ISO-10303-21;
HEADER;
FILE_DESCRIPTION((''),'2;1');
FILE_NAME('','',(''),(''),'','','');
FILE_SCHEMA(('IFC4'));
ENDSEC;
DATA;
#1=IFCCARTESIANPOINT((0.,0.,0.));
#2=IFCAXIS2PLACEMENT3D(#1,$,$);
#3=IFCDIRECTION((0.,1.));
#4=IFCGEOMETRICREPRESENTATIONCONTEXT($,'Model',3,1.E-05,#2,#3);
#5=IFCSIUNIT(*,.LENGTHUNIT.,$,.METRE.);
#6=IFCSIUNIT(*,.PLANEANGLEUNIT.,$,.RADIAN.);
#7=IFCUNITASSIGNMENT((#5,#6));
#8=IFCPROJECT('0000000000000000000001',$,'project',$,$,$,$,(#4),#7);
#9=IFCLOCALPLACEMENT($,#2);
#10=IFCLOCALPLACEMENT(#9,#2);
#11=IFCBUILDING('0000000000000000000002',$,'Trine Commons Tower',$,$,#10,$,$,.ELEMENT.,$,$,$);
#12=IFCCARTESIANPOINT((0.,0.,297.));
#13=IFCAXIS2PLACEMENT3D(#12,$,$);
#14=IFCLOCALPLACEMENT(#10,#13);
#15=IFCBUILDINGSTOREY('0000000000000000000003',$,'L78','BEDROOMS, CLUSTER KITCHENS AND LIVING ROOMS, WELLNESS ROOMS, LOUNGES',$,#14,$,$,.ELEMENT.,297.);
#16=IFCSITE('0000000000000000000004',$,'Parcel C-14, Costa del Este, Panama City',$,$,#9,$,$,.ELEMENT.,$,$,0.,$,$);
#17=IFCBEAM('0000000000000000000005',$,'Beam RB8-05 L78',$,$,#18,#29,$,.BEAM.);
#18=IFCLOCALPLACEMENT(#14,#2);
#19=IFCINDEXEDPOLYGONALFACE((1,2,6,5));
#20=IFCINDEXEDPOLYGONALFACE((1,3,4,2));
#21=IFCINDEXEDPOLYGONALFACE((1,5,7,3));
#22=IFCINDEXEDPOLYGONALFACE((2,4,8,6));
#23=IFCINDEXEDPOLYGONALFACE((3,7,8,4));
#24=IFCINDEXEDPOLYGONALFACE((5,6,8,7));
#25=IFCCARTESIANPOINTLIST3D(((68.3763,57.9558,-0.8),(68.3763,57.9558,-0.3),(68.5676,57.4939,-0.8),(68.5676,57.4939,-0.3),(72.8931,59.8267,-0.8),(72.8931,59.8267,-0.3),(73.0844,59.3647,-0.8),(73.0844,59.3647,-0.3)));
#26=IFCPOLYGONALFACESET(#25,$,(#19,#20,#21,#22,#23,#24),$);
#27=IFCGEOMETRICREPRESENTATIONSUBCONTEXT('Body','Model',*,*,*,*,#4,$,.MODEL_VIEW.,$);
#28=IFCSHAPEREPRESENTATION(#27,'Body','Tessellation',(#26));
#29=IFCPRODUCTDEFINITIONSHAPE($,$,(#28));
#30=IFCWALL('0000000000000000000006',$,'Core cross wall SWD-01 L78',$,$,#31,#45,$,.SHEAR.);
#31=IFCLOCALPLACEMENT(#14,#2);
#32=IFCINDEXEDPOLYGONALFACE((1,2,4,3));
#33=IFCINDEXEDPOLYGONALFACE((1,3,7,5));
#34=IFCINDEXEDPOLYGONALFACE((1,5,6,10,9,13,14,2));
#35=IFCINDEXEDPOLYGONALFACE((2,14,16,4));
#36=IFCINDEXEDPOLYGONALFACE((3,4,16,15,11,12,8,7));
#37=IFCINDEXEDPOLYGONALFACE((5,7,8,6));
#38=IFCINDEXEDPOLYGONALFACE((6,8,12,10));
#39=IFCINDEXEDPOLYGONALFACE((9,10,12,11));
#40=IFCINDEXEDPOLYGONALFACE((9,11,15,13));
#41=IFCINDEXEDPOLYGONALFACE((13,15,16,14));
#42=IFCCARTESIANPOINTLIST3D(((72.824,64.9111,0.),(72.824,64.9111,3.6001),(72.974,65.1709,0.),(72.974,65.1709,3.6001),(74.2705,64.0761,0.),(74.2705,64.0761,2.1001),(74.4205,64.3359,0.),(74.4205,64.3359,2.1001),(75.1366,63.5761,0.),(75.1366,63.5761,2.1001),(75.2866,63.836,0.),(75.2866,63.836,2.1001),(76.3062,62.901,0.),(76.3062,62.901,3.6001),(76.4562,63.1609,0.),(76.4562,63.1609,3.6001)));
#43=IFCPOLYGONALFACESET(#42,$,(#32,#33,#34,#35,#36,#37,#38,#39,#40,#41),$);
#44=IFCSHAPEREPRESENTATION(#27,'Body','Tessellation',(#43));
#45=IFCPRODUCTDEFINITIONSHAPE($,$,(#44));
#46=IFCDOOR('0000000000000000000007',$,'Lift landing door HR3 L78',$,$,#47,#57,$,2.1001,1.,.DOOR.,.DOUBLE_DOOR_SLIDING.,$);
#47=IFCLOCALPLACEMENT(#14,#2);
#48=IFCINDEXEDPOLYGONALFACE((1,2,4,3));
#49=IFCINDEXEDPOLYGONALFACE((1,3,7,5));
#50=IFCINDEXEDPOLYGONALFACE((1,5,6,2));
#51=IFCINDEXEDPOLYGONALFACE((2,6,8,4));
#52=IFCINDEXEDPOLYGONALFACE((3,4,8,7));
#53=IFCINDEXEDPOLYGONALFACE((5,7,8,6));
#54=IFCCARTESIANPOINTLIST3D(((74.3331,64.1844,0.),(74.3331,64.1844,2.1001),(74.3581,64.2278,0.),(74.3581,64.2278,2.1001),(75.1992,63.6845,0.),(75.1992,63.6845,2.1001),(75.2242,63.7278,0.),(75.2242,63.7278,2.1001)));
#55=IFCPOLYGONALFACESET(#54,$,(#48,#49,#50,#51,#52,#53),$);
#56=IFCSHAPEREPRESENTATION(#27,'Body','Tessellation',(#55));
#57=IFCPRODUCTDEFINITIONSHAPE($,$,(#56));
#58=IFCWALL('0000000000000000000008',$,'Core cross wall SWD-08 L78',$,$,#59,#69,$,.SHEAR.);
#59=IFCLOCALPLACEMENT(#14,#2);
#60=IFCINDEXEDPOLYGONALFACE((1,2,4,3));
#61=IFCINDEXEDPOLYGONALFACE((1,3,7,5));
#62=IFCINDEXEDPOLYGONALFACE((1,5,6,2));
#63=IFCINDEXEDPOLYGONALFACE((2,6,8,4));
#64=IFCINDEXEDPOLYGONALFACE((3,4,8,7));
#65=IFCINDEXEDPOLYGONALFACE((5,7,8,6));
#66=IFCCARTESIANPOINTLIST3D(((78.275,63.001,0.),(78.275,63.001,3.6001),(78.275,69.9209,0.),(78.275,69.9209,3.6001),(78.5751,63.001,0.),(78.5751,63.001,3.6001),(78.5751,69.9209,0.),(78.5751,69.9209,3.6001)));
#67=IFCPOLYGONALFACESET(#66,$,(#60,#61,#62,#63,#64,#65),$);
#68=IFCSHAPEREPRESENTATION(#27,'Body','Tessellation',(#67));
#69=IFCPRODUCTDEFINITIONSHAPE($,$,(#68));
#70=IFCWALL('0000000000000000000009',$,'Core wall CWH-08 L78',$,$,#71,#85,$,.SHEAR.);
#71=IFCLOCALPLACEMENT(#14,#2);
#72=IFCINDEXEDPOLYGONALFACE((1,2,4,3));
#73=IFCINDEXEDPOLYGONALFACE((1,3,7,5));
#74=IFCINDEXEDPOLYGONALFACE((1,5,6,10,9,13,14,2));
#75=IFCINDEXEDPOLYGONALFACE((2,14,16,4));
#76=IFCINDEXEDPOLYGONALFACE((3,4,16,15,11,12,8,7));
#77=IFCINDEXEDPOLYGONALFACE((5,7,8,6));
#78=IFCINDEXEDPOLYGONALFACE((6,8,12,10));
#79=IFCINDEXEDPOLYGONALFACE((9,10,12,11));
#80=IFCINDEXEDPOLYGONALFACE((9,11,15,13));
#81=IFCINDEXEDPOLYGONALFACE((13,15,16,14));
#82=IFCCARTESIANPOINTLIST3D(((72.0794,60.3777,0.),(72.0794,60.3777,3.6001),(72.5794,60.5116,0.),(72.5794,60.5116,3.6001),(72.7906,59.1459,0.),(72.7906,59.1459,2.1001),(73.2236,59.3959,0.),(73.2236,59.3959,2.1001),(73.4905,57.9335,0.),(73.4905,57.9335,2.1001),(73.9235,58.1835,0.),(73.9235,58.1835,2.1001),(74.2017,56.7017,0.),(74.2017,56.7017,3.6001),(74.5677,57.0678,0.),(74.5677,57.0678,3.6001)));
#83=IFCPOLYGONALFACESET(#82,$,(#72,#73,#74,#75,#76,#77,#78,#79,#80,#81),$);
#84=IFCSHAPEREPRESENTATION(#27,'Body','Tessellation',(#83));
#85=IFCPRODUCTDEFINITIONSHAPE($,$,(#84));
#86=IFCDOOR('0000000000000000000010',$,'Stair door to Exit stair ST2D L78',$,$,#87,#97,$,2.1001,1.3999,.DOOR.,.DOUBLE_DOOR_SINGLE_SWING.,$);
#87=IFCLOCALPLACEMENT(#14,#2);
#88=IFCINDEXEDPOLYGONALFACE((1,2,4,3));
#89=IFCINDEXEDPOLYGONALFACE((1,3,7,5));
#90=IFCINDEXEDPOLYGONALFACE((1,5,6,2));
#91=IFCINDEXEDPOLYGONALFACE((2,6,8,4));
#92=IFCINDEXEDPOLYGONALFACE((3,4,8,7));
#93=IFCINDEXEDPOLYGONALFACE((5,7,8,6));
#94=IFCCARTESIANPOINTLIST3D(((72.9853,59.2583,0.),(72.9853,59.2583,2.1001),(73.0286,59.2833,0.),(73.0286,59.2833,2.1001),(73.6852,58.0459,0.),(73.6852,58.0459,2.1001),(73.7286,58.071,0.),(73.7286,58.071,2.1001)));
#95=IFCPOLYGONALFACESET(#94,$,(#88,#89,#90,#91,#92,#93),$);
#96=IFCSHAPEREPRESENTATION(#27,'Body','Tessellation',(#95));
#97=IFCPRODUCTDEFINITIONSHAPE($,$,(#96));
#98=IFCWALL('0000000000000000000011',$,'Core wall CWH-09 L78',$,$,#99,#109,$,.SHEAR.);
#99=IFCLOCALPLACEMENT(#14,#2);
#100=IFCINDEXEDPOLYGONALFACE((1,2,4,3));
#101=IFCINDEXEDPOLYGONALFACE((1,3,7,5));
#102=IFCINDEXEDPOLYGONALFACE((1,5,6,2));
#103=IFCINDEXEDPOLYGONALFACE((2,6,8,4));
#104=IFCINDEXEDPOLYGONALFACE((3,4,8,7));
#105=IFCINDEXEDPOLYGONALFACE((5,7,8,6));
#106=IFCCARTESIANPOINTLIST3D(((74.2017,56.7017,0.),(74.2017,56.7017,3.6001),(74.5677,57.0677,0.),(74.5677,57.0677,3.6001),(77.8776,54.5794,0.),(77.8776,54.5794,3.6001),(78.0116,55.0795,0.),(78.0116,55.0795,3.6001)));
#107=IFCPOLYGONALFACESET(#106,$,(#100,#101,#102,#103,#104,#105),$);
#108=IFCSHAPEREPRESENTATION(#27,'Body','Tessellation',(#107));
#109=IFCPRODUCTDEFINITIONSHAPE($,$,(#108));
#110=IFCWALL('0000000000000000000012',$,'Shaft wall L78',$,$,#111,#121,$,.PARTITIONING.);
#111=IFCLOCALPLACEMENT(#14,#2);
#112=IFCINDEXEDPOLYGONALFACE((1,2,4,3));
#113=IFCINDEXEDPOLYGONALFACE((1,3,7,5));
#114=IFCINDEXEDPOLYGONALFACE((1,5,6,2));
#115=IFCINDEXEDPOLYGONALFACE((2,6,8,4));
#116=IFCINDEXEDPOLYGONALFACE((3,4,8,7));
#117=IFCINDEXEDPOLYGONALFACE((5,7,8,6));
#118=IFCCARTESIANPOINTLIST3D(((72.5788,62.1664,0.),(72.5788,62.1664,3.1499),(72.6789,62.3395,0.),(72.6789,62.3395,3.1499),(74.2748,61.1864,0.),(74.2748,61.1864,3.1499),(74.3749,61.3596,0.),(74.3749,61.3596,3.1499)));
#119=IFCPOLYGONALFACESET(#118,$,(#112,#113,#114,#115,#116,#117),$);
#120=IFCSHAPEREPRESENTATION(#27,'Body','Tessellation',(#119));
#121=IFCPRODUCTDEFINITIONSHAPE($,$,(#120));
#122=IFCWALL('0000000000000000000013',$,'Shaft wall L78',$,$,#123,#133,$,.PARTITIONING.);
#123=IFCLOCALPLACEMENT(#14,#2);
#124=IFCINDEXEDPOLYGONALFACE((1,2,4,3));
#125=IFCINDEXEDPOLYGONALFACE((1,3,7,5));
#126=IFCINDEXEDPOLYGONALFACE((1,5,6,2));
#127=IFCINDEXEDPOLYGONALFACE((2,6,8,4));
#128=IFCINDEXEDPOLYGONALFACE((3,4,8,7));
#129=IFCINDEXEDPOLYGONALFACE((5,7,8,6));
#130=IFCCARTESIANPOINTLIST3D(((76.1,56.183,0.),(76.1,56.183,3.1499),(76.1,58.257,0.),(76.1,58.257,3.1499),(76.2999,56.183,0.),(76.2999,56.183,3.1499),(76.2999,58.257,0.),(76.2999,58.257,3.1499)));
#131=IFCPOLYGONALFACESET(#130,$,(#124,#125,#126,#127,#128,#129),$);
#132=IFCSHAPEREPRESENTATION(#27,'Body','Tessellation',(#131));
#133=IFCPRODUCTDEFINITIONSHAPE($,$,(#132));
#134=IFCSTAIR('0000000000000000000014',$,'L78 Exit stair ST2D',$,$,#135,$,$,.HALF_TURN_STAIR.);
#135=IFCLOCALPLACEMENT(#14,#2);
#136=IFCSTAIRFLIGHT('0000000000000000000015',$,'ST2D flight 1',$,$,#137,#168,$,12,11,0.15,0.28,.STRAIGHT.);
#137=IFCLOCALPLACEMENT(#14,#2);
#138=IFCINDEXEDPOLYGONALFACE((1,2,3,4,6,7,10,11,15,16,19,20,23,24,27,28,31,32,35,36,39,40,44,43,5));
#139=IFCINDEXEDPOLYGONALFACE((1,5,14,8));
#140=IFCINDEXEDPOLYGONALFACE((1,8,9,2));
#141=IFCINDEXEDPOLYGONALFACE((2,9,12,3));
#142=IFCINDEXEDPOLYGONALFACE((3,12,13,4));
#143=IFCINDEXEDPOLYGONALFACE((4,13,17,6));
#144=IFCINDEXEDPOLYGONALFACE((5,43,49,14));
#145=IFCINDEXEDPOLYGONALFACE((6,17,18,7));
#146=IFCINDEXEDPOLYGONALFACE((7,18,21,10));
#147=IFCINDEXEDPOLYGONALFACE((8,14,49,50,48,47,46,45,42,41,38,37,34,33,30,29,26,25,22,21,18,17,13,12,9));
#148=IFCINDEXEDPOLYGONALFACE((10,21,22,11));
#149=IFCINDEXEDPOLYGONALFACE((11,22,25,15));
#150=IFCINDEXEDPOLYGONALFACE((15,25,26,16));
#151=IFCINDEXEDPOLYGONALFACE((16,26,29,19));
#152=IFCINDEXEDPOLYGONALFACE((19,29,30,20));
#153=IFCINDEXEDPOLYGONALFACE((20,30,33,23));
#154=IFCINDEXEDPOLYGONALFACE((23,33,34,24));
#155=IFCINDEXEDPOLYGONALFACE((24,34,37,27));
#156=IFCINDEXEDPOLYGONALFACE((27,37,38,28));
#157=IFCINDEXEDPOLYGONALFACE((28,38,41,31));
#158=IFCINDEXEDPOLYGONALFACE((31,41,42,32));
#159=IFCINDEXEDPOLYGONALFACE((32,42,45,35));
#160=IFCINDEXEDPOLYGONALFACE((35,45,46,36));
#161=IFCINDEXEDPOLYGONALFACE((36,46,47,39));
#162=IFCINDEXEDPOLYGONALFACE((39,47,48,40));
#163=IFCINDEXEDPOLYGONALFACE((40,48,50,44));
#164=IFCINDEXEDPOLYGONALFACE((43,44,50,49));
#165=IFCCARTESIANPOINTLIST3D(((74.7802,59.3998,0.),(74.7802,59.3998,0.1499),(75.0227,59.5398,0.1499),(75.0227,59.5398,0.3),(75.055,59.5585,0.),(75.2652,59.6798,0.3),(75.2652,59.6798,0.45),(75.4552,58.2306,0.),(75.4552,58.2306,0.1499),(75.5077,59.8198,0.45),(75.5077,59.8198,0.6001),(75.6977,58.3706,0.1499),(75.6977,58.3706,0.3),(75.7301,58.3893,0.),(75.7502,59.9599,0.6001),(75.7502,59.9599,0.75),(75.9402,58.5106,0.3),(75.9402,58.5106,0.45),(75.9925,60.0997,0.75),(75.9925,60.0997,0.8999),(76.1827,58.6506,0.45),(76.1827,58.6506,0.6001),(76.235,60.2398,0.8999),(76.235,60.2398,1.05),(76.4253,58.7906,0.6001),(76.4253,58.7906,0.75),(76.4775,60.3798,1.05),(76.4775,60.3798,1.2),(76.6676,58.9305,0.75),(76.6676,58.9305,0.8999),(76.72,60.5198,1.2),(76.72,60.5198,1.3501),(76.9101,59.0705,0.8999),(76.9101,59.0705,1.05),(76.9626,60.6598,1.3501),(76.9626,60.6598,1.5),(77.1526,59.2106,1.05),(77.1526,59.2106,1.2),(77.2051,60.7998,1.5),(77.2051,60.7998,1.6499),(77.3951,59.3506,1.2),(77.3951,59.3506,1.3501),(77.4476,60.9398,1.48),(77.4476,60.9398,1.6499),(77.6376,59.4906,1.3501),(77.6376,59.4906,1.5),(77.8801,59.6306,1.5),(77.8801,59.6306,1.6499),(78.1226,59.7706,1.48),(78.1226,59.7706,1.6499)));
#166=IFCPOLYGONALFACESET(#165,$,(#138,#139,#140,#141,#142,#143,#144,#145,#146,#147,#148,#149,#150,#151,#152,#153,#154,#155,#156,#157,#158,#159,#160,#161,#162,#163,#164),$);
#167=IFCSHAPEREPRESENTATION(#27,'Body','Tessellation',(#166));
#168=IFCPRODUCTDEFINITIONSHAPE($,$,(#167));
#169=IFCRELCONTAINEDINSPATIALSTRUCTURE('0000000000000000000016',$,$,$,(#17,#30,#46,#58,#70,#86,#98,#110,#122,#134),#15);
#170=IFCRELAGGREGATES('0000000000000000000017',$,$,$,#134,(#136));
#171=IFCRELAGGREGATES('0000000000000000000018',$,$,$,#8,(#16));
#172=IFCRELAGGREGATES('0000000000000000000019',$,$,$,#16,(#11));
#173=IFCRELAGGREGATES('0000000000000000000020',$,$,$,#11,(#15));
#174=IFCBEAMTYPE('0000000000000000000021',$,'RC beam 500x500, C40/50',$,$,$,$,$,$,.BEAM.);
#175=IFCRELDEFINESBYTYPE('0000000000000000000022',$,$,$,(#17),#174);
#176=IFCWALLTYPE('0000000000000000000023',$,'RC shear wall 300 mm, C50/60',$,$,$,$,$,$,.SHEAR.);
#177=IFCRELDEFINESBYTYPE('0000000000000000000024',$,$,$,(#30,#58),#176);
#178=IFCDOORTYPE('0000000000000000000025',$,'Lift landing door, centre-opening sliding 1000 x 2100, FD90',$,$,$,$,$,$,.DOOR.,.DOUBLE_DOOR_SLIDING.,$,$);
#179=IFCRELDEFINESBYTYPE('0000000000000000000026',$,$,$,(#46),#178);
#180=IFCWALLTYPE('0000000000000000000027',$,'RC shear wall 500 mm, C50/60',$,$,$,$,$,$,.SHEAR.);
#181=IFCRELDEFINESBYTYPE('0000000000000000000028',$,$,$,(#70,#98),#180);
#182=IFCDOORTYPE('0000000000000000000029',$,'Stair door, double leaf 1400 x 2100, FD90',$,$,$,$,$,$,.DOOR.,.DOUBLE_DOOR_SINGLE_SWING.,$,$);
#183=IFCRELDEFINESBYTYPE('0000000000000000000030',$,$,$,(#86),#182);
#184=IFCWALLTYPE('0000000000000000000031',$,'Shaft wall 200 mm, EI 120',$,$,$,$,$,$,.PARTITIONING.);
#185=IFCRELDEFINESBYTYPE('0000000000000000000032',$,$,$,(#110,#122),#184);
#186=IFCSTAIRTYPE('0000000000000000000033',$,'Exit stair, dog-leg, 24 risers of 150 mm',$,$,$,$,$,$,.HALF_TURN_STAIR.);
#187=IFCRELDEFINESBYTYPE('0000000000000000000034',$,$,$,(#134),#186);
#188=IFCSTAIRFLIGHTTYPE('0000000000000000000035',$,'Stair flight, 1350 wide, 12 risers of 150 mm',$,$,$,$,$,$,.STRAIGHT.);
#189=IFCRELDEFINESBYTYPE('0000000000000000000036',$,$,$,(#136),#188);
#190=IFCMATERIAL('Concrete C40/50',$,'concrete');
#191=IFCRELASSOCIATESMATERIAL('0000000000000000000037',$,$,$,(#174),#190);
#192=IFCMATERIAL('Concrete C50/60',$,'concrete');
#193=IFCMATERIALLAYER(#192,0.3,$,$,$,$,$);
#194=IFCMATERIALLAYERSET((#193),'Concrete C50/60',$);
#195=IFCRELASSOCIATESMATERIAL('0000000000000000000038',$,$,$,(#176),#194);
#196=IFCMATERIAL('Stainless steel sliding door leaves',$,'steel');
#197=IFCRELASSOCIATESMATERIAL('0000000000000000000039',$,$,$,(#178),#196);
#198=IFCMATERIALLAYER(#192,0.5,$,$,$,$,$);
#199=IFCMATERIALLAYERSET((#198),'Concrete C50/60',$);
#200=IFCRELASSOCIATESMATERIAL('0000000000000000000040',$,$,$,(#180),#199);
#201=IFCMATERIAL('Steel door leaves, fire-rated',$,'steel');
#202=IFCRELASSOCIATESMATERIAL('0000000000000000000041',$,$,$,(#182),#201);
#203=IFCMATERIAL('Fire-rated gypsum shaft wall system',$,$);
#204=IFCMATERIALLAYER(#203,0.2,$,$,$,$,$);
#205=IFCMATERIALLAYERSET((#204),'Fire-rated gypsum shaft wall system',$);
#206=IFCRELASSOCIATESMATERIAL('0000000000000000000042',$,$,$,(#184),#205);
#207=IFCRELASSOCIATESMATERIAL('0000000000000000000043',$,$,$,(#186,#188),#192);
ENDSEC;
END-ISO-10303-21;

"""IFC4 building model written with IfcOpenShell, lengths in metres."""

from ifc_helpers import new_model, si_unit, direction, frame, frame_2d, origin, origin_2d, place, context, subcontext, project, spatial, polyline, rectangle, outline, extrude, material, layer, layer_set, material_profile, profile_set, type_object, element, fill, aggregate, save


model = new_model("IFC4")

# Units and contexts
model_context = context("Model", 3, precision=1e-05, world=origin(), true_north=direction((0.0, 1.0)))
body_context = subcontext(model_context, "Body", "Model", "MODEL_VIEW")
ifc_project = project(units=[si_unit("LENGTHUNIT", "METRE"), si_unit("PLANEANGLEUNIT", "RADIAN")], contexts=[model_context])

# Site, building, storey
site_placement = place(None, origin())
site = spatial("IfcSite", under=ifc_project, at=site_placement, Name="Parcel C-14, Costa del Este, Panama City", CompositionType="ELEMENT", RefElevation=0.0)
building_placement = place(site_placement, origin())
building = spatial("IfcBuilding", under=site, at=building_placement, Name="Trine Commons Tower", CompositionType="ELEMENT")
storey_placement = place(building_placement, frame((0.0, 0.0, 297.0)))
storey = spatial("IfcBuildingStorey", under=building, at=storey_placement, Name="L78", Description="BEDROOMS, CLUSTER KITCHENS AND LIVING ROOMS, WELLNESS ROOMS, LOUNGES", CompositionType="ELEMENT", Elevation=297.0)

# Beam
ifc_material_1 = material(Name="Concrete C40/50", Category="concrete")
ifc_material_profile = material_profile(ifc_material_1, rectangle(XDim=0.5, YDim=0.5, at=origin_2d()), Name="RC 500x500")
ifc_profile_set = profile_set([ifc_material_profile], Name="Concrete C40/50")
beam_type = type_object("IfcBeamType", Name="RC beam 500x500, C40/50", PredefinedType="BEAM", material=ifc_profile_set)
beam_placement = place(storey_placement, frame((72.9888, 59.5957, -0.55), z_axis=(-0.923886, -0.382668, 0.0), x_axis=(0.382668, -0.923886, 0.0)))
element("IfcBeam", 1, at=beam_placement, inside=storey, type_object=beam_type, Name="Beam RB8-05 L78", PredefinedType="BEAM", context=body_context, shape_type="SweptSolid", body=[
    extrude(rectangle(XDim=0.5, YDim=0.5, at=origin_2d()), origin(), (0.0, 0.0, 1.0), 4.8889),
])

# Wall, opening, door
ifc_material_2 = material(Name="Concrete C50/60", Category="concrete")
ifc_layer_1 = layer(ifc_material_2, 0.3)
ifc_layer_set_1 = layer_set([ifc_layer_1], Name="Concrete C50/60")
wall_type_1 = type_object("IfcWallType", Name="RC shear wall 300 mm, C50/60", PredefinedType="SHEAR", material=ifc_layer_set_1)
wall_1_placement = place(storey_placement, frame((76.3811, 63.031, 0.0), z_axis=(0.0, 0.0, 1.0), x_axis=(-0.866071, 0.49992, 0.0)))
wall_1 = element("IfcWall", 2, at=wall_1_placement, inside=storey, type_object=wall_type_1, Name="Core cross wall SWD-01 L78", PredefinedType="SHEAR", context=body_context, shape_type="SweptSolid", body=[
    extrude(rectangle(XDim=4.0208, YDim=0.3, at=frame_2d((2.0103, 0.0))), origin(), (0.0, 0.0, 1.0), 3.6001),
])
opening_1_placement = place(wall_1_placement, frame((1.3503, 0.0, 0.0)))
opening_1 = element("IfcOpeningElement", 3, at=opening_1_placement, cuts=wall_1, PredefinedType="OPENING", context=body_context, shape_type="SweptSolid", body=[
    extrude(rectangle(XDim=1.0, YDim=2.1001, at=frame_2d((0.5, 1.05))), frame((0.0, 0.1599, 0.0), z_axis=(0.0, -1.0, 0.0), x_axis=(1.0, 0.0, 0.0)), (0.0, 0.0, 1.0), 0.3201),
])
ifc_material_3 = material(Name="Stainless steel sliding door leaves", Category="steel")
door_type_1 = type_object("IfcDoorType", Name="Lift landing door, centre-opening sliding 1000 x 2100, FD90", OperationType="DOUBLE_DOOR_SLIDING", PredefinedType="DOOR", material=ifc_material_3)
door_1_placement = place(opening_1_placement, origin())
door_1 = element("IfcDoor", 4, at=door_1_placement, inside=storey, type_object=door_type_1, Name="Lift landing door HR3 L78", OperationType="DOUBLE_DOOR_SLIDING", OverallHeight=2.1001, OverallWidth=1.0, PredefinedType="DOOR", context=body_context, shape_type="SweptSolid", body=[
    extrude(rectangle(XDim=1.0, YDim=2.1001, at=frame_2d((0.5, 1.05))), frame((0.0, 0.0249, 0.0), z_axis=(0.0, -1.0, 0.0), x_axis=(1.0, 0.0, 0.0)), (0.0, 0.0, 1.0), 0.05),
])
fill(opening_1, door_1)

# Wall
wall_2_placement = place(storey_placement, frame((78.425, 63.001, 0.0), z_axis=(0.0, 0.0, 1.0), x_axis=(0.0, 1.0, 0.0)))
element("IfcWall", 5, at=wall_2_placement, inside=storey, type_object=wall_type_1, Name="Core cross wall SWD-08 L78", PredefinedType="SHEAR", context=body_context, shape_type="SweptSolid", body=[
    extrude(rectangle(XDim=6.9199, YDim=0.3, at=frame_2d((3.46, 0.0))), origin(), (0.0, 0.0, 1.0), 3.6001),
])

# Wall, opening, door
ifc_layer_2 = layer(ifc_material_2, 0.5)
ifc_layer_set_2 = layer_set([ifc_layer_2], Name="Concrete C50/60")
wall_type_2 = type_object("IfcWallType", Name="RC shear wall 500 mm, C50/60", PredefinedType="SHEAR", material=ifc_layer_set_2)
wall_3_placement = place(storey_placement, frame((72.2959, 60.5027, 0.0), z_axis=(0.0, 0.0, 1.0), x_axis=(0.499993, -0.866029, 0.0)))
wall_3 = element("IfcWall", 6, at=wall_3_placement, inside=storey, type_object=wall_type_2, Name="Core wall CWH-08 L78", PredefinedType="SHEAR", context=body_context, shape_type="SweptSolid", body=[
    extrude(outline(polyline([(0.0, -0.25), (4.2446, -0.25), (4.1106, 0.25), (0.134, 0.25), (0.0, -0.25)])), origin(), (0.0, 0.0, 1.0), 3.6001),
])
opening_2_placement = place(wall_3_placement, frame((1.4224, 0.0, 0.0)))
opening_2 = element("IfcOpeningElement", 7, at=opening_2_placement, cuts=wall_3, PredefinedType="OPENING", context=body_context, shape_type="SweptSolid", body=[
    extrude(rectangle(XDim=1.3999, YDim=2.1001, at=frame_2d((0.7, 1.05))), frame((0.0, 0.26, 0.0), z_axis=(0.0, -1.0, 0.0), x_axis=(1.0, 0.0, 0.0)), (0.0, 0.0, 1.0), 0.52),
])
ifc_material_4 = material(Name="Steel door leaves, fire-rated", Category="steel")
door_type_2 = type_object("IfcDoorType", Name="Stair door, double leaf 1400 x 2100, FD90", OperationType="DOUBLE_DOOR_SINGLE_SWING", PredefinedType="DOOR", material=ifc_material_4)
door_2_placement = place(opening_2_placement, origin())
door_2 = element("IfcDoor", 8, at=door_2_placement, inside=storey, type_object=door_type_2, Name="Stair door to Exit stair ST2D L78", OperationType="DOUBLE_DOOR_SINGLE_SWING", OverallHeight=2.1001, OverallWidth=1.3999, PredefinedType="DOOR", context=body_context, shape_type="SweptSolid", body=[
    extrude(rectangle(XDim=1.3999, YDim=2.1001, at=frame_2d((0.7, 1.05))), frame((0.0, 0.0249, 0.0), z_axis=(0.0, -1.0, 0.0), x_axis=(1.0, 0.0, 0.0)), (0.0, 0.0, 1.0), 0.05),
])
fill(opening_2, door_2)

# Walls
wall_4_placement = place(storey_placement, frame((74.3267, 56.9182, 0.0), z_axis=(0.0, 0.0, 1.0), x_axis=(0.866029, -0.499993, 0.0)))
element("IfcWall", 9, at=wall_4_placement, inside=storey, type_object=wall_type_2, Name="Core wall CWH-09 L78", PredefinedType="SHEAR", context=body_context, shape_type="SweptSolid", body=[
    extrude(outline(polyline([(0.0, -0.25), (4.2446, -0.25), (4.1106, 0.25), (0.134, 0.25), (0.0, -0.25)])), origin(), (0.0, 0.0, 1.0), 3.6001),
])
ifc_material_5 = material(Name="Fire-rated gypsum shaft wall system")
ifc_layer_3 = layer(ifc_material_5, 0.2)
ifc_layer_set_3 = layer_set([ifc_layer_3], Name="Fire-rated gypsum shaft wall system")
wall_type_3 = type_object("IfcWallType", Name="Shaft wall 200 mm, EI 120", PredefinedType="PARTITIONING", material=ifc_layer_set_3)
wall_5_placement = place(storey_placement, frame((74.325, 61.2729, 0.0), z_axis=(0.0, 0.0, 1.0), x_axis=(-0.865855, 0.500294, 0.0)))
element("IfcWall", 10, at=wall_5_placement, inside=storey, type_object=wall_type_3, Name="Shaft wall L78", PredefinedType="PARTITIONING", context=body_context, shape_type="SweptSolid", body=[
    extrude(rectangle(XDim=1.9587, YDim=0.2, at=frame_2d((0.9795, 0.0))), origin(), (0.0, 0.0, 1.0), 3.1499),
])
wall_6_placement = place(storey_placement, frame((76.2, 58.2571, 0.0), z_axis=(0.0, 0.0, 1.0), x_axis=(0.0, -1.0, 0.0)))
element("IfcWall", 11, at=wall_6_placement, inside=storey, type_object=wall_type_3, Name="Shaft wall L78", PredefinedType="PARTITIONING", context=body_context, shape_type="SweptSolid", body=[
    extrude(rectangle(XDim=2.074, YDim=0.2, at=frame_2d((1.0371, 0.0))), origin(), (0.0, 0.0, 1.0), 3.1499),
])

# Stair, stair flight
stair_type = type_object("IfcStairType", Name="Exit stair, dog-leg, 24 risers of 150 mm", PredefinedType="HALF_TURN_STAIR", material=ifc_material_2)
stair_placement = place(storey_placement, origin())
stair = element("IfcStair", 12, at=stair_placement, inside=storey, type_object=stair_type, Name="L78 Exit stair ST2D", PredefinedType="HALF_TURN_STAIR")
stair_flight_type = type_object("IfcStairFlightType", Name="Stair flight, 1350 wide, 12 risers of 150 mm", PredefinedType="STRAIGHT", material=ifc_material_2)
stair_flight_1_placement = place(storey_placement, frame((75.1177, 58.8152, 0.0), z_axis=(0.0, 0.0, 1.0), x_axis=(0.866025, 0.5, 0.0)))
stair_flight_1 = element("IfcStairFlight", 13, at=stair_flight_1_placement, type_object=stair_flight_type, Name="ST2D flight 1", NumberOfRisers=12, NumberOfTreads=11, PredefinedType="STRAIGHT", RiserHeight=0.15, TreadLength=0.28, context=body_context, shape_type="SweptSolid", body=[
    extrude(outline(polyline([(0.0, 0.0), (0.0, 0.1499), (0.28, 0.1499), (0.28, 0.3), (0.5601, 0.3), (0.5601, 0.45), (0.8401, 0.45), (0.8401, 0.6001), (1.1201, 0.6001), (1.1201, 0.75), (1.3999, 0.75), (1.3999, 0.8999), (1.6799, 0.8999), (1.6799, 1.05), (1.96, 1.05), (1.96, 1.2), (2.24, 1.2), (2.24, 1.3501), (2.52, 1.3501), (2.52, 1.5), (2.8, 1.5), (2.8, 1.6499), (3.0801, 1.6499), (3.0801, 1.8), (3.0801, 1.48), (0.3174, 0.0), (0.0, 0.0)])), frame((0.0, 0.675, 0.0), z_axis=(0.0, -1.0, 0.0), x_axis=(1.0, 0.0, 0.0)), (0.0, 0.0, 1.0), 1.3501),
])
aggregate(stair, [stair_flight_1])

save(model, "model.ifc")
